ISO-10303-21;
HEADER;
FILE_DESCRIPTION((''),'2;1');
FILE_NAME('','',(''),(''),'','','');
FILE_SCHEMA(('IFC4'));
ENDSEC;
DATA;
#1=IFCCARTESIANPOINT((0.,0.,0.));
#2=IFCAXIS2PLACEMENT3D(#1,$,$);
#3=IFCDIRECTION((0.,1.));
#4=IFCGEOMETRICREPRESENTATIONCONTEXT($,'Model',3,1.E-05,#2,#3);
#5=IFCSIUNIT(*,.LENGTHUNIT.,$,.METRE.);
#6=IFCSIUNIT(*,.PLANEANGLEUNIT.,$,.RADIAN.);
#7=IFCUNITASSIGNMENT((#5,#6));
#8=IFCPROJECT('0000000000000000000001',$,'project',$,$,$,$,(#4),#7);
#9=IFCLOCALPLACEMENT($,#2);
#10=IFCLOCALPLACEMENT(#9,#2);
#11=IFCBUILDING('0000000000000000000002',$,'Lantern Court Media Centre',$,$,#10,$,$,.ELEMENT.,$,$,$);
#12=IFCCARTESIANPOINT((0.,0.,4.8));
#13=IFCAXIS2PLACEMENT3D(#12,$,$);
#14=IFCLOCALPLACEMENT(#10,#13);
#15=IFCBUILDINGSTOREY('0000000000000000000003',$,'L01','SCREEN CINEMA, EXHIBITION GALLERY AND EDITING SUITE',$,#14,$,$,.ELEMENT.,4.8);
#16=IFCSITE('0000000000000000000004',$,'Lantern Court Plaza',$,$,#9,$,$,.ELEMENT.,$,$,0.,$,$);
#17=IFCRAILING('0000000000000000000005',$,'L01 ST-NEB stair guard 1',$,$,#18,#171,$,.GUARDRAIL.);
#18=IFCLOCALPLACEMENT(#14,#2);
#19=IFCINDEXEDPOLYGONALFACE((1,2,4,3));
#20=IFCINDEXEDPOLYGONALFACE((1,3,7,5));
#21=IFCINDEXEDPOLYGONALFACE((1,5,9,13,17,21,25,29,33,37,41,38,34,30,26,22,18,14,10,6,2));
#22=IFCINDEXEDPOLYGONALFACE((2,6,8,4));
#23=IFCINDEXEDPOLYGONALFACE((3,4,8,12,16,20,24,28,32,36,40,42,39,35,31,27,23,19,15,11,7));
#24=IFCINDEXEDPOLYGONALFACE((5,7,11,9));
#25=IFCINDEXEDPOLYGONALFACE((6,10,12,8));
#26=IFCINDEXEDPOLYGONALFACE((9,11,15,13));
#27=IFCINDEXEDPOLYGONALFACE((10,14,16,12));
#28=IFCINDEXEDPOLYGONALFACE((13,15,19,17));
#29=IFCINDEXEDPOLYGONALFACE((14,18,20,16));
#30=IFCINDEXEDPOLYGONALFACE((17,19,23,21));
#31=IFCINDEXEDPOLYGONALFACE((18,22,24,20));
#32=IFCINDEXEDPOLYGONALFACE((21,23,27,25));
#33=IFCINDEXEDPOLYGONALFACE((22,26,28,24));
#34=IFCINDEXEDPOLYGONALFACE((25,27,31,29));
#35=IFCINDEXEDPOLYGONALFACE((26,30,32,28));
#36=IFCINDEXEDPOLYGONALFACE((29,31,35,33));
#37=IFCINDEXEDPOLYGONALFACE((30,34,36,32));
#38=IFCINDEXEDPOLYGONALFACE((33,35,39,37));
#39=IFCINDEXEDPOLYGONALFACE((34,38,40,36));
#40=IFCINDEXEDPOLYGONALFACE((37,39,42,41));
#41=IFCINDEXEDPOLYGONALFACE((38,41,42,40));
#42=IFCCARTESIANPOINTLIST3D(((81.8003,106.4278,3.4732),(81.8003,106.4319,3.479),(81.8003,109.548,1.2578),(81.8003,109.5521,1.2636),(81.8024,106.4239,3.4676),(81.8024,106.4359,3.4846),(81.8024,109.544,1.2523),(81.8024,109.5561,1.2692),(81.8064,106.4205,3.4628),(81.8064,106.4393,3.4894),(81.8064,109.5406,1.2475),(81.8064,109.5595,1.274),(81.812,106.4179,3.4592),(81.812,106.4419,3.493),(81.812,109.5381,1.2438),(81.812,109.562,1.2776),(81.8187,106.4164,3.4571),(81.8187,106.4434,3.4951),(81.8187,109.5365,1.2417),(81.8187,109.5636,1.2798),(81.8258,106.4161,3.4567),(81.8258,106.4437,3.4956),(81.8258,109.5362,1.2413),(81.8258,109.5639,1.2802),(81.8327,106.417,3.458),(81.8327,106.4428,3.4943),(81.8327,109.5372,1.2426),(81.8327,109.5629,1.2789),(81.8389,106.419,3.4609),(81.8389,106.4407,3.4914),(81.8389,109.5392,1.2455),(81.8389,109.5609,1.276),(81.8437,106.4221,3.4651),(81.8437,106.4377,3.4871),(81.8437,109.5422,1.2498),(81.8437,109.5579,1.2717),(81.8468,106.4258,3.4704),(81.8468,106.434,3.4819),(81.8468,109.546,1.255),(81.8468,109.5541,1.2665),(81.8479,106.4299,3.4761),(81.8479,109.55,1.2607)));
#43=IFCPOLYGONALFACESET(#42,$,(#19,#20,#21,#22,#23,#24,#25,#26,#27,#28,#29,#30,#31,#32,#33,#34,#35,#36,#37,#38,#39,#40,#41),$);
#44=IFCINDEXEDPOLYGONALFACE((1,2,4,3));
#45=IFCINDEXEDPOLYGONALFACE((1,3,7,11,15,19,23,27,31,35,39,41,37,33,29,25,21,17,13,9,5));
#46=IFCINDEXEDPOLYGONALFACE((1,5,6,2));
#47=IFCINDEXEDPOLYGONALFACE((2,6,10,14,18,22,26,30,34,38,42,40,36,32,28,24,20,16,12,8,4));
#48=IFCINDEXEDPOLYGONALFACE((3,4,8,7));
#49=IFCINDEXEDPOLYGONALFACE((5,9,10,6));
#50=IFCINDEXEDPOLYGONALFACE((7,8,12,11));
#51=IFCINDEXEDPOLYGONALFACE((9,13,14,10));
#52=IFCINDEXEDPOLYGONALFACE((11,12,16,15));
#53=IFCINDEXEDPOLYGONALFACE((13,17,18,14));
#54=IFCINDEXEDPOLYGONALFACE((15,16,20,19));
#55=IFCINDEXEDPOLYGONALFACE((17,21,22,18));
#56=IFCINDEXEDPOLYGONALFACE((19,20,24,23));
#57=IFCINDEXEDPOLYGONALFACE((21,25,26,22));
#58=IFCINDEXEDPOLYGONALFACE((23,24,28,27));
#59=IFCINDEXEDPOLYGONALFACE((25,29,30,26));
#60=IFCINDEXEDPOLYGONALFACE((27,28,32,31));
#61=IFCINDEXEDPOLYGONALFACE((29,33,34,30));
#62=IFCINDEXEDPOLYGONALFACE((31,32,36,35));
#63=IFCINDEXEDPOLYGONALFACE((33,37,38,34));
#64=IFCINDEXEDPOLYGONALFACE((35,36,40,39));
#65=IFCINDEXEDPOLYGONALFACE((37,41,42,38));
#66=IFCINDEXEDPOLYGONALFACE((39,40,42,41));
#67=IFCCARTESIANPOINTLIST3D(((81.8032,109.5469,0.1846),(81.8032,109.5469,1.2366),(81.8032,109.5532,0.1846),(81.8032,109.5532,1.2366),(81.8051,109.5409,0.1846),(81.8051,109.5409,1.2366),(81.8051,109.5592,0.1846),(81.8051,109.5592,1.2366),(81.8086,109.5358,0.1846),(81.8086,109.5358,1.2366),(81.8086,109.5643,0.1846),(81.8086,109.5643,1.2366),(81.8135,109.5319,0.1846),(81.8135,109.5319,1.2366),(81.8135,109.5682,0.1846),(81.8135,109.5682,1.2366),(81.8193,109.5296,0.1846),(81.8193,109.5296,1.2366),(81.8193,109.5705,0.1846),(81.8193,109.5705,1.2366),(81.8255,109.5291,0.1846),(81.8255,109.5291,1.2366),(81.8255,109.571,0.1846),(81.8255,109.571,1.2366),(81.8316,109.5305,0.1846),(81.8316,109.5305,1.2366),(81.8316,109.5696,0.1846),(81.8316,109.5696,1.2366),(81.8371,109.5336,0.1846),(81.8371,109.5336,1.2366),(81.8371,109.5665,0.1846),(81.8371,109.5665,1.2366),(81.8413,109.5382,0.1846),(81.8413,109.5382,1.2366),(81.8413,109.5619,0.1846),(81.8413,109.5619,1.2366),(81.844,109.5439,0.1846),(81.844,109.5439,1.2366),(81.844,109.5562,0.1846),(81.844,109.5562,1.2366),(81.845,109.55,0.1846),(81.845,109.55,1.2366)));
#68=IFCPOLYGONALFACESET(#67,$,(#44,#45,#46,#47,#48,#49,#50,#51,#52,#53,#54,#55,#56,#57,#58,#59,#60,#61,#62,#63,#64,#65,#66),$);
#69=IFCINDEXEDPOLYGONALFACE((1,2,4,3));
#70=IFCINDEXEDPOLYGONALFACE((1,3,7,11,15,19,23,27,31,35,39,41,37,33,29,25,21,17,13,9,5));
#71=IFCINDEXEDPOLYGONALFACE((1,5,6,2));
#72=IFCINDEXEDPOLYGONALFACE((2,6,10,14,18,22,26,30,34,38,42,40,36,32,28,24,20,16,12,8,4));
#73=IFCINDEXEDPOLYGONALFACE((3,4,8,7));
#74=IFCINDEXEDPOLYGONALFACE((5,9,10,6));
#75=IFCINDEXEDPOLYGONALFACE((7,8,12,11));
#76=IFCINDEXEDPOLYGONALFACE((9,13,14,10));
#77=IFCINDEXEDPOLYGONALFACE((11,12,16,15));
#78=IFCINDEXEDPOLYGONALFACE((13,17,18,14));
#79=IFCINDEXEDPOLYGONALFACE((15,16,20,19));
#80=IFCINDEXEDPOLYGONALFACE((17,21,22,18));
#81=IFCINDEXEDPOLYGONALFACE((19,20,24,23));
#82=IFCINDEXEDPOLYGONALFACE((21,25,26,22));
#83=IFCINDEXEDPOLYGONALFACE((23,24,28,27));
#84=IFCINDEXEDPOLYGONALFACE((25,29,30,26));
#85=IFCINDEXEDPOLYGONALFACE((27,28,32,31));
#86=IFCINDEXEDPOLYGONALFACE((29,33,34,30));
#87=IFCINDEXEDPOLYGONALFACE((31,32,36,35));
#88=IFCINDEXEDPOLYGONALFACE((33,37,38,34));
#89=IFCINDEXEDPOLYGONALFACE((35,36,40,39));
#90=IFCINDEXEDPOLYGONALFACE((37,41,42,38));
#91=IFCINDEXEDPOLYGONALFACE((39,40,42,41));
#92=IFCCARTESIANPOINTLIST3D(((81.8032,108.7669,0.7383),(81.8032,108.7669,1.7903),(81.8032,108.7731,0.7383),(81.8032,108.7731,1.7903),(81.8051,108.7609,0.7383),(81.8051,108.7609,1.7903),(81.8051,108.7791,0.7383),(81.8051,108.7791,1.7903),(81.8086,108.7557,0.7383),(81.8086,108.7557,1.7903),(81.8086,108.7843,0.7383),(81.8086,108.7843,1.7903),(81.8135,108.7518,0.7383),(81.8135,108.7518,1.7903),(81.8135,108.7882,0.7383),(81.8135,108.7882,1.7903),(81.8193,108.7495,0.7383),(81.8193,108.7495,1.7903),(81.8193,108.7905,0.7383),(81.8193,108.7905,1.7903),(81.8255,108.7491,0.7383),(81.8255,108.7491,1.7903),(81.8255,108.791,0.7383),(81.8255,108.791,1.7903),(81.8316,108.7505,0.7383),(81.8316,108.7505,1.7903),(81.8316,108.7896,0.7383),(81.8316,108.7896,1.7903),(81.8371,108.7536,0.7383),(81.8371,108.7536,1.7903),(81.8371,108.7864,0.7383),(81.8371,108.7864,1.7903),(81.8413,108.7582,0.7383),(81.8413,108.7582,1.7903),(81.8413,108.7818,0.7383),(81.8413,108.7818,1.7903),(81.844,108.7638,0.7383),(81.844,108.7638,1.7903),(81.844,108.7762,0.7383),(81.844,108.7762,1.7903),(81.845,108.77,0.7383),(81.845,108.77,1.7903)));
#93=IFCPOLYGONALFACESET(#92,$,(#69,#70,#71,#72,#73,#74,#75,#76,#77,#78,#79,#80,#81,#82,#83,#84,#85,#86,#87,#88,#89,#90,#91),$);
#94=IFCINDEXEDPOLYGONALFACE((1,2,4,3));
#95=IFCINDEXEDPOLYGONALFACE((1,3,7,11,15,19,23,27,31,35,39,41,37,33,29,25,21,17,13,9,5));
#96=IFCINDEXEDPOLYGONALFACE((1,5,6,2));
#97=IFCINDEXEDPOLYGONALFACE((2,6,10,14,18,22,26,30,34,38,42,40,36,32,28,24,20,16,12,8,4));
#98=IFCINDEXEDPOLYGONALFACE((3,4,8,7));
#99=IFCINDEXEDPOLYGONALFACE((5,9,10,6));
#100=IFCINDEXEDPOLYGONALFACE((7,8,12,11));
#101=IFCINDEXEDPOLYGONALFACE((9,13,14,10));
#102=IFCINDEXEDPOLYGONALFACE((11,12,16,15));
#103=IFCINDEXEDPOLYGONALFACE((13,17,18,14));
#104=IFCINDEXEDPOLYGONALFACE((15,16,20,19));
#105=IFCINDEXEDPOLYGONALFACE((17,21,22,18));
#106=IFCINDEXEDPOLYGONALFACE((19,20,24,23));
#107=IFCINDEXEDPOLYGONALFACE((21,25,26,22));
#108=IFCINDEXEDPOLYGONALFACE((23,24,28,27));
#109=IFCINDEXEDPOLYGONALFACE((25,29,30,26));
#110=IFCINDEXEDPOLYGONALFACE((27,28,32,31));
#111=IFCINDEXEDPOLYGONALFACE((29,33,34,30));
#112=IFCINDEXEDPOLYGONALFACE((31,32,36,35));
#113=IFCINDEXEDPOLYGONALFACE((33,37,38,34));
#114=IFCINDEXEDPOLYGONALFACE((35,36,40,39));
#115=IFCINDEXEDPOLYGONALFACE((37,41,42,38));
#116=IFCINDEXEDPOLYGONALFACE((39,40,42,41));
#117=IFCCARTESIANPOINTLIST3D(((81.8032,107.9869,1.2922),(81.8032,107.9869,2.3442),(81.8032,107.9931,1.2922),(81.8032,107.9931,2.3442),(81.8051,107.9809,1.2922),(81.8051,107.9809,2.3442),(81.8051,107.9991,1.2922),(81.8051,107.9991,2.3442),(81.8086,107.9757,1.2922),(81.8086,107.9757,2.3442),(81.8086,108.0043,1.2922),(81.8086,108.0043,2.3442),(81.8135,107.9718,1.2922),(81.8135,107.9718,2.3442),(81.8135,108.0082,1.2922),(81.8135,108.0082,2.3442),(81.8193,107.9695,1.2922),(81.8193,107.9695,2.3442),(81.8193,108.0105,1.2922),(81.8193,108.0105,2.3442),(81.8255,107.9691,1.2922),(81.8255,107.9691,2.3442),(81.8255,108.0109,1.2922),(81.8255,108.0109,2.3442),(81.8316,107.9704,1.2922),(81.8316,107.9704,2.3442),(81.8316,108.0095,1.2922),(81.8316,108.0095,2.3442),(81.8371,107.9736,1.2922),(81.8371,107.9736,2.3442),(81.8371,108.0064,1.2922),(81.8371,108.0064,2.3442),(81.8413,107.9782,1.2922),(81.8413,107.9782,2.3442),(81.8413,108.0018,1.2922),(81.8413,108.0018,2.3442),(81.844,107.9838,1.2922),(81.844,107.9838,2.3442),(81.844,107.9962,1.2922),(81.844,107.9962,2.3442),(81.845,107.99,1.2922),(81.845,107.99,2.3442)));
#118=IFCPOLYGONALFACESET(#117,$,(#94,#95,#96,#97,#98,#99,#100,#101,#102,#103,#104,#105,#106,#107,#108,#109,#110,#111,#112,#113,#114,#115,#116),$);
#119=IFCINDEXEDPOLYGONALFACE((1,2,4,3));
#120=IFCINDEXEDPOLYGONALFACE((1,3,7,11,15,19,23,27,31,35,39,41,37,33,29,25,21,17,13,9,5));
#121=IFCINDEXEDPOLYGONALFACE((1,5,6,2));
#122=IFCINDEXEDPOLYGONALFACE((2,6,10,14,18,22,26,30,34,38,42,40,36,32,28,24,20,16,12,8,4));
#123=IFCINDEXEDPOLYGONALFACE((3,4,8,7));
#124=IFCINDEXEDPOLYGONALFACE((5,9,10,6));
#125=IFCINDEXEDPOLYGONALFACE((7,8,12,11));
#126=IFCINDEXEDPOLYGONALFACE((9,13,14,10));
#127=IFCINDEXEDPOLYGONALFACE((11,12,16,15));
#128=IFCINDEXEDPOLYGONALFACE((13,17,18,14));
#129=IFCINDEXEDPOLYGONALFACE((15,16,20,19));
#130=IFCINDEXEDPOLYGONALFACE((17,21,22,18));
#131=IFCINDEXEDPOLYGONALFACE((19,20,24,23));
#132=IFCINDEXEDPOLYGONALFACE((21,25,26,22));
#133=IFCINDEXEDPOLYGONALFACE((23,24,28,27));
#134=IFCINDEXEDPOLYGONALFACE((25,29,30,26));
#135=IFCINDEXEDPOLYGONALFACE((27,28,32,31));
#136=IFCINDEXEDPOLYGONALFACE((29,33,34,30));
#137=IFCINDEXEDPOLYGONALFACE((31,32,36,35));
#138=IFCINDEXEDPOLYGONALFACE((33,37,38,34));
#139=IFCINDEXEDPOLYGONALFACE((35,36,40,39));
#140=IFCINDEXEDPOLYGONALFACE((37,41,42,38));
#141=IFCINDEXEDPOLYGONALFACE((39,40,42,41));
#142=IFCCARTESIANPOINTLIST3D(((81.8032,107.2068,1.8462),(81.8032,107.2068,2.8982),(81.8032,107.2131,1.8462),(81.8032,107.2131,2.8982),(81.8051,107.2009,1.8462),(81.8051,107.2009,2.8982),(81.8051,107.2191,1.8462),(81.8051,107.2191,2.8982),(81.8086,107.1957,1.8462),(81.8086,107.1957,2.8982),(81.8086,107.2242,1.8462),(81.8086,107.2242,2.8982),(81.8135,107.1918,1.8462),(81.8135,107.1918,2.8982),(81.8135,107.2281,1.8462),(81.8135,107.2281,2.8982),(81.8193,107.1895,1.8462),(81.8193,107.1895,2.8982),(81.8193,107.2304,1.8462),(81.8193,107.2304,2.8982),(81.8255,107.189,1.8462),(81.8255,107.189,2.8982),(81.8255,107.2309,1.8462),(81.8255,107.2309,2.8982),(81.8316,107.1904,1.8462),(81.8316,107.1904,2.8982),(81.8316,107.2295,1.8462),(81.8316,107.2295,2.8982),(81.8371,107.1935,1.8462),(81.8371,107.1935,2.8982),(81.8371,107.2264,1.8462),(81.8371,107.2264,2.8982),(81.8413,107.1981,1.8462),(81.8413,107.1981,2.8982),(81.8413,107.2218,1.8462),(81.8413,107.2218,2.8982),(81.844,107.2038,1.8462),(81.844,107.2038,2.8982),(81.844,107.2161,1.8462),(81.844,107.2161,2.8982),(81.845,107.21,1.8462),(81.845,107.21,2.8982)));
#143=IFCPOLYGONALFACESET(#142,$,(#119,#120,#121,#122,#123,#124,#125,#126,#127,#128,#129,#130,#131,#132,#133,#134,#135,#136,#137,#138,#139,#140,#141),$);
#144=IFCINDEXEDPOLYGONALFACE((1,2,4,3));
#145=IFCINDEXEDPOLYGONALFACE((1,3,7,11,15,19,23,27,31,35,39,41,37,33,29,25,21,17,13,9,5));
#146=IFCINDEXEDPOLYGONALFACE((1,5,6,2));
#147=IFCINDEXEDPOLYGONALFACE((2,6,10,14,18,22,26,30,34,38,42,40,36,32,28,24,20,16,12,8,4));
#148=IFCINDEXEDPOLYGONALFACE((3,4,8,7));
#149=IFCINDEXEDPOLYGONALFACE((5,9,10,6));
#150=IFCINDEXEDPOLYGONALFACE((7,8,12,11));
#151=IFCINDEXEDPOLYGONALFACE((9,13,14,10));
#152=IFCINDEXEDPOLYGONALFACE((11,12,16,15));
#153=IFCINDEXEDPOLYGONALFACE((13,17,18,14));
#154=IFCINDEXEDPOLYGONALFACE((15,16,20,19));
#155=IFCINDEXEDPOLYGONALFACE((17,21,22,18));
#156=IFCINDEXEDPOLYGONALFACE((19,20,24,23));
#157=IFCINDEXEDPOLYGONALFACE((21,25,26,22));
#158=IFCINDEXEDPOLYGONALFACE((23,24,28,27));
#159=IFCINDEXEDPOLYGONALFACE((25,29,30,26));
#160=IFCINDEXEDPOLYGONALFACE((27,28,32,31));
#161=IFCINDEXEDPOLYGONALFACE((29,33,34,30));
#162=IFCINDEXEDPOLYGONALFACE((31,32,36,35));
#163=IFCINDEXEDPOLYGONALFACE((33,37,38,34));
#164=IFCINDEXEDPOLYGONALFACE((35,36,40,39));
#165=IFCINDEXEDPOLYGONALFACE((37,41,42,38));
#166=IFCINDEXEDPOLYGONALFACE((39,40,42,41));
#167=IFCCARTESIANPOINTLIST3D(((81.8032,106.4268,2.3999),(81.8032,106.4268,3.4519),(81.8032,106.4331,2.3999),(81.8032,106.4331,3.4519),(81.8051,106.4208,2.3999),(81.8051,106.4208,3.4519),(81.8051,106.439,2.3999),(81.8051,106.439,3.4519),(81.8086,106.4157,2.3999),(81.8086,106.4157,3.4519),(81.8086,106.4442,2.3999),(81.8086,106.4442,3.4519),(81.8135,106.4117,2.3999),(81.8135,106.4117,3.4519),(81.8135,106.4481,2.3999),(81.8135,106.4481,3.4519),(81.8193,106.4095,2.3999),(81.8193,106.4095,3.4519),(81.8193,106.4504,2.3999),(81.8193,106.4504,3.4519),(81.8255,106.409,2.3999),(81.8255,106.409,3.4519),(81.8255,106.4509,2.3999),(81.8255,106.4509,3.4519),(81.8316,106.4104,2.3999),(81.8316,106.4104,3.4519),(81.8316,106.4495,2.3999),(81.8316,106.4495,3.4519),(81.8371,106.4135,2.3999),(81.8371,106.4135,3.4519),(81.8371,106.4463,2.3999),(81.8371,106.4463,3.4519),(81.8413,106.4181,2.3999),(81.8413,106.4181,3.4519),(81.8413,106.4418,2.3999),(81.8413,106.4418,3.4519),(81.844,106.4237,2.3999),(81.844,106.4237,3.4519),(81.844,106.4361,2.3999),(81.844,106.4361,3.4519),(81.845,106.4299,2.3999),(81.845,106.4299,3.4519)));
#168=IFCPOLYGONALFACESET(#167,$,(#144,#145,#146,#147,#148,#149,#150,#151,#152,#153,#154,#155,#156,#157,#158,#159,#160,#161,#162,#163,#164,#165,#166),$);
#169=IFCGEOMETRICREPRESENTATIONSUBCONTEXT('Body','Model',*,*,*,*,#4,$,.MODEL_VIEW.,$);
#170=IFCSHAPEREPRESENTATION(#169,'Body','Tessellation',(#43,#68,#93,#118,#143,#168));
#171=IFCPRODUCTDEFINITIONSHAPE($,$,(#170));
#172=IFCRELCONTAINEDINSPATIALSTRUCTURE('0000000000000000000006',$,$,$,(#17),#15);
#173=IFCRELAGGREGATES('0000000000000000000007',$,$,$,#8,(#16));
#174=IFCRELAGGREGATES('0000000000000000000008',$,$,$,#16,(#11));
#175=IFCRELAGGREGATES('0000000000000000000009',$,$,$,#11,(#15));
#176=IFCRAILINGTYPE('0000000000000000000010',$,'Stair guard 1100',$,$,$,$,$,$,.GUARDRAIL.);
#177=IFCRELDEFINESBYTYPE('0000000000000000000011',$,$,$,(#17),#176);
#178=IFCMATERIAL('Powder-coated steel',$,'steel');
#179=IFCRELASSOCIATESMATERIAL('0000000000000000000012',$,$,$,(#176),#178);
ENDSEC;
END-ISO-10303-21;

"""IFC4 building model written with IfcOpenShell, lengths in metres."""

from ifc_helpers import new_model, si_unit, direction, frame, origin, origin_2d, place, context, subcontext, project, spatial, circle, extrude, material, type_object, element, save


model = new_model("IFC4")

# Units and contexts
model_context = context("Model", 3, precision=1e-05, world=origin(), true_north=direction((0.0, 1.0)))
body_context = subcontext(model_context, "Body", "Model", "MODEL_VIEW")
ifc_project = project(units=[si_unit("LENGTHUNIT", "METRE"), si_unit("PLANEANGLEUNIT", "RADIAN")], contexts=[model_context])

# Site, building, storey
site_placement = place(None, origin())
site = spatial("IfcSite", under=ifc_project, at=site_placement, Name="Lantern Court Plaza", CompositionType="ELEMENT", RefElevation=0.0)
building_placement = place(site_placement, origin())
building = spatial("IfcBuilding", under=site, at=building_placement, Name="Lantern Court Media Centre", CompositionType="ELEMENT")
storey_placement = place(building_placement, frame((0.0, 0.0, 4.8)))
storey = spatial("IfcBuildingStorey", under=building, at=storey_placement, Name="L01", Description="SCREEN CINEMA, EXHIBITION GALLERY AND EDITING SUITE", CompositionType="ELEMENT", Elevation=4.8)

# Shared definitions
ifc_material_1 = material(Name="Powder-coated steel", Category="steel")

# Railing
railing_type_1 = type_object("IfcRailingType", Name="Stair guard 1100", PredefinedType="GUARDRAIL", material=ifc_material_1)
railing_1_placement = place(storey_placement, frame((81.824, 109.55, 0.1846)))
element("IfcRailing", 1, at=railing_1_placement, inside=storey, type_object=railing_type_1, Name="L01 ST-NEB stair guard 1", PredefinedType="GUARDRAIL", context=body_context, shape_type="SweptSolid", body=[
    extrude(circle(Radius=0.0239, at=origin_2d()), frame((0.0, 0.0, 1.0762), z_axis=(0.0, -0.815377, 0.57893), x_axis=(1.0, 0.0, 0.0)), (0.0, 0.0, 1.0), 3.8267),
    extrude(circle(Radius=0.021, at=origin_2d()), origin(), (0.0, 0.0, 1.0), 1.052),
    extrude(circle(Radius=0.021, at=origin_2d()), frame((0.0, -0.78, 0.5537)), (0.0, 0.0, 1.0), 1.052),
    extrude(circle(Radius=0.021, at=origin_2d()), frame((0.0, -1.5601, 1.1077)), (0.0, 0.0, 1.0), 1.052),
    extrude(circle(Radius=0.021, at=origin_2d()), frame((0.0, -2.3401, 1.6616)), (0.0, 0.0, 1.0), 1.052),
    extrude(circle(Radius=0.021, at=origin_2d()), frame((0.0, -3.1201, 2.2153)), (0.0, 0.0, 1.0), 1.052),
])

save(model, "model.ifc")
